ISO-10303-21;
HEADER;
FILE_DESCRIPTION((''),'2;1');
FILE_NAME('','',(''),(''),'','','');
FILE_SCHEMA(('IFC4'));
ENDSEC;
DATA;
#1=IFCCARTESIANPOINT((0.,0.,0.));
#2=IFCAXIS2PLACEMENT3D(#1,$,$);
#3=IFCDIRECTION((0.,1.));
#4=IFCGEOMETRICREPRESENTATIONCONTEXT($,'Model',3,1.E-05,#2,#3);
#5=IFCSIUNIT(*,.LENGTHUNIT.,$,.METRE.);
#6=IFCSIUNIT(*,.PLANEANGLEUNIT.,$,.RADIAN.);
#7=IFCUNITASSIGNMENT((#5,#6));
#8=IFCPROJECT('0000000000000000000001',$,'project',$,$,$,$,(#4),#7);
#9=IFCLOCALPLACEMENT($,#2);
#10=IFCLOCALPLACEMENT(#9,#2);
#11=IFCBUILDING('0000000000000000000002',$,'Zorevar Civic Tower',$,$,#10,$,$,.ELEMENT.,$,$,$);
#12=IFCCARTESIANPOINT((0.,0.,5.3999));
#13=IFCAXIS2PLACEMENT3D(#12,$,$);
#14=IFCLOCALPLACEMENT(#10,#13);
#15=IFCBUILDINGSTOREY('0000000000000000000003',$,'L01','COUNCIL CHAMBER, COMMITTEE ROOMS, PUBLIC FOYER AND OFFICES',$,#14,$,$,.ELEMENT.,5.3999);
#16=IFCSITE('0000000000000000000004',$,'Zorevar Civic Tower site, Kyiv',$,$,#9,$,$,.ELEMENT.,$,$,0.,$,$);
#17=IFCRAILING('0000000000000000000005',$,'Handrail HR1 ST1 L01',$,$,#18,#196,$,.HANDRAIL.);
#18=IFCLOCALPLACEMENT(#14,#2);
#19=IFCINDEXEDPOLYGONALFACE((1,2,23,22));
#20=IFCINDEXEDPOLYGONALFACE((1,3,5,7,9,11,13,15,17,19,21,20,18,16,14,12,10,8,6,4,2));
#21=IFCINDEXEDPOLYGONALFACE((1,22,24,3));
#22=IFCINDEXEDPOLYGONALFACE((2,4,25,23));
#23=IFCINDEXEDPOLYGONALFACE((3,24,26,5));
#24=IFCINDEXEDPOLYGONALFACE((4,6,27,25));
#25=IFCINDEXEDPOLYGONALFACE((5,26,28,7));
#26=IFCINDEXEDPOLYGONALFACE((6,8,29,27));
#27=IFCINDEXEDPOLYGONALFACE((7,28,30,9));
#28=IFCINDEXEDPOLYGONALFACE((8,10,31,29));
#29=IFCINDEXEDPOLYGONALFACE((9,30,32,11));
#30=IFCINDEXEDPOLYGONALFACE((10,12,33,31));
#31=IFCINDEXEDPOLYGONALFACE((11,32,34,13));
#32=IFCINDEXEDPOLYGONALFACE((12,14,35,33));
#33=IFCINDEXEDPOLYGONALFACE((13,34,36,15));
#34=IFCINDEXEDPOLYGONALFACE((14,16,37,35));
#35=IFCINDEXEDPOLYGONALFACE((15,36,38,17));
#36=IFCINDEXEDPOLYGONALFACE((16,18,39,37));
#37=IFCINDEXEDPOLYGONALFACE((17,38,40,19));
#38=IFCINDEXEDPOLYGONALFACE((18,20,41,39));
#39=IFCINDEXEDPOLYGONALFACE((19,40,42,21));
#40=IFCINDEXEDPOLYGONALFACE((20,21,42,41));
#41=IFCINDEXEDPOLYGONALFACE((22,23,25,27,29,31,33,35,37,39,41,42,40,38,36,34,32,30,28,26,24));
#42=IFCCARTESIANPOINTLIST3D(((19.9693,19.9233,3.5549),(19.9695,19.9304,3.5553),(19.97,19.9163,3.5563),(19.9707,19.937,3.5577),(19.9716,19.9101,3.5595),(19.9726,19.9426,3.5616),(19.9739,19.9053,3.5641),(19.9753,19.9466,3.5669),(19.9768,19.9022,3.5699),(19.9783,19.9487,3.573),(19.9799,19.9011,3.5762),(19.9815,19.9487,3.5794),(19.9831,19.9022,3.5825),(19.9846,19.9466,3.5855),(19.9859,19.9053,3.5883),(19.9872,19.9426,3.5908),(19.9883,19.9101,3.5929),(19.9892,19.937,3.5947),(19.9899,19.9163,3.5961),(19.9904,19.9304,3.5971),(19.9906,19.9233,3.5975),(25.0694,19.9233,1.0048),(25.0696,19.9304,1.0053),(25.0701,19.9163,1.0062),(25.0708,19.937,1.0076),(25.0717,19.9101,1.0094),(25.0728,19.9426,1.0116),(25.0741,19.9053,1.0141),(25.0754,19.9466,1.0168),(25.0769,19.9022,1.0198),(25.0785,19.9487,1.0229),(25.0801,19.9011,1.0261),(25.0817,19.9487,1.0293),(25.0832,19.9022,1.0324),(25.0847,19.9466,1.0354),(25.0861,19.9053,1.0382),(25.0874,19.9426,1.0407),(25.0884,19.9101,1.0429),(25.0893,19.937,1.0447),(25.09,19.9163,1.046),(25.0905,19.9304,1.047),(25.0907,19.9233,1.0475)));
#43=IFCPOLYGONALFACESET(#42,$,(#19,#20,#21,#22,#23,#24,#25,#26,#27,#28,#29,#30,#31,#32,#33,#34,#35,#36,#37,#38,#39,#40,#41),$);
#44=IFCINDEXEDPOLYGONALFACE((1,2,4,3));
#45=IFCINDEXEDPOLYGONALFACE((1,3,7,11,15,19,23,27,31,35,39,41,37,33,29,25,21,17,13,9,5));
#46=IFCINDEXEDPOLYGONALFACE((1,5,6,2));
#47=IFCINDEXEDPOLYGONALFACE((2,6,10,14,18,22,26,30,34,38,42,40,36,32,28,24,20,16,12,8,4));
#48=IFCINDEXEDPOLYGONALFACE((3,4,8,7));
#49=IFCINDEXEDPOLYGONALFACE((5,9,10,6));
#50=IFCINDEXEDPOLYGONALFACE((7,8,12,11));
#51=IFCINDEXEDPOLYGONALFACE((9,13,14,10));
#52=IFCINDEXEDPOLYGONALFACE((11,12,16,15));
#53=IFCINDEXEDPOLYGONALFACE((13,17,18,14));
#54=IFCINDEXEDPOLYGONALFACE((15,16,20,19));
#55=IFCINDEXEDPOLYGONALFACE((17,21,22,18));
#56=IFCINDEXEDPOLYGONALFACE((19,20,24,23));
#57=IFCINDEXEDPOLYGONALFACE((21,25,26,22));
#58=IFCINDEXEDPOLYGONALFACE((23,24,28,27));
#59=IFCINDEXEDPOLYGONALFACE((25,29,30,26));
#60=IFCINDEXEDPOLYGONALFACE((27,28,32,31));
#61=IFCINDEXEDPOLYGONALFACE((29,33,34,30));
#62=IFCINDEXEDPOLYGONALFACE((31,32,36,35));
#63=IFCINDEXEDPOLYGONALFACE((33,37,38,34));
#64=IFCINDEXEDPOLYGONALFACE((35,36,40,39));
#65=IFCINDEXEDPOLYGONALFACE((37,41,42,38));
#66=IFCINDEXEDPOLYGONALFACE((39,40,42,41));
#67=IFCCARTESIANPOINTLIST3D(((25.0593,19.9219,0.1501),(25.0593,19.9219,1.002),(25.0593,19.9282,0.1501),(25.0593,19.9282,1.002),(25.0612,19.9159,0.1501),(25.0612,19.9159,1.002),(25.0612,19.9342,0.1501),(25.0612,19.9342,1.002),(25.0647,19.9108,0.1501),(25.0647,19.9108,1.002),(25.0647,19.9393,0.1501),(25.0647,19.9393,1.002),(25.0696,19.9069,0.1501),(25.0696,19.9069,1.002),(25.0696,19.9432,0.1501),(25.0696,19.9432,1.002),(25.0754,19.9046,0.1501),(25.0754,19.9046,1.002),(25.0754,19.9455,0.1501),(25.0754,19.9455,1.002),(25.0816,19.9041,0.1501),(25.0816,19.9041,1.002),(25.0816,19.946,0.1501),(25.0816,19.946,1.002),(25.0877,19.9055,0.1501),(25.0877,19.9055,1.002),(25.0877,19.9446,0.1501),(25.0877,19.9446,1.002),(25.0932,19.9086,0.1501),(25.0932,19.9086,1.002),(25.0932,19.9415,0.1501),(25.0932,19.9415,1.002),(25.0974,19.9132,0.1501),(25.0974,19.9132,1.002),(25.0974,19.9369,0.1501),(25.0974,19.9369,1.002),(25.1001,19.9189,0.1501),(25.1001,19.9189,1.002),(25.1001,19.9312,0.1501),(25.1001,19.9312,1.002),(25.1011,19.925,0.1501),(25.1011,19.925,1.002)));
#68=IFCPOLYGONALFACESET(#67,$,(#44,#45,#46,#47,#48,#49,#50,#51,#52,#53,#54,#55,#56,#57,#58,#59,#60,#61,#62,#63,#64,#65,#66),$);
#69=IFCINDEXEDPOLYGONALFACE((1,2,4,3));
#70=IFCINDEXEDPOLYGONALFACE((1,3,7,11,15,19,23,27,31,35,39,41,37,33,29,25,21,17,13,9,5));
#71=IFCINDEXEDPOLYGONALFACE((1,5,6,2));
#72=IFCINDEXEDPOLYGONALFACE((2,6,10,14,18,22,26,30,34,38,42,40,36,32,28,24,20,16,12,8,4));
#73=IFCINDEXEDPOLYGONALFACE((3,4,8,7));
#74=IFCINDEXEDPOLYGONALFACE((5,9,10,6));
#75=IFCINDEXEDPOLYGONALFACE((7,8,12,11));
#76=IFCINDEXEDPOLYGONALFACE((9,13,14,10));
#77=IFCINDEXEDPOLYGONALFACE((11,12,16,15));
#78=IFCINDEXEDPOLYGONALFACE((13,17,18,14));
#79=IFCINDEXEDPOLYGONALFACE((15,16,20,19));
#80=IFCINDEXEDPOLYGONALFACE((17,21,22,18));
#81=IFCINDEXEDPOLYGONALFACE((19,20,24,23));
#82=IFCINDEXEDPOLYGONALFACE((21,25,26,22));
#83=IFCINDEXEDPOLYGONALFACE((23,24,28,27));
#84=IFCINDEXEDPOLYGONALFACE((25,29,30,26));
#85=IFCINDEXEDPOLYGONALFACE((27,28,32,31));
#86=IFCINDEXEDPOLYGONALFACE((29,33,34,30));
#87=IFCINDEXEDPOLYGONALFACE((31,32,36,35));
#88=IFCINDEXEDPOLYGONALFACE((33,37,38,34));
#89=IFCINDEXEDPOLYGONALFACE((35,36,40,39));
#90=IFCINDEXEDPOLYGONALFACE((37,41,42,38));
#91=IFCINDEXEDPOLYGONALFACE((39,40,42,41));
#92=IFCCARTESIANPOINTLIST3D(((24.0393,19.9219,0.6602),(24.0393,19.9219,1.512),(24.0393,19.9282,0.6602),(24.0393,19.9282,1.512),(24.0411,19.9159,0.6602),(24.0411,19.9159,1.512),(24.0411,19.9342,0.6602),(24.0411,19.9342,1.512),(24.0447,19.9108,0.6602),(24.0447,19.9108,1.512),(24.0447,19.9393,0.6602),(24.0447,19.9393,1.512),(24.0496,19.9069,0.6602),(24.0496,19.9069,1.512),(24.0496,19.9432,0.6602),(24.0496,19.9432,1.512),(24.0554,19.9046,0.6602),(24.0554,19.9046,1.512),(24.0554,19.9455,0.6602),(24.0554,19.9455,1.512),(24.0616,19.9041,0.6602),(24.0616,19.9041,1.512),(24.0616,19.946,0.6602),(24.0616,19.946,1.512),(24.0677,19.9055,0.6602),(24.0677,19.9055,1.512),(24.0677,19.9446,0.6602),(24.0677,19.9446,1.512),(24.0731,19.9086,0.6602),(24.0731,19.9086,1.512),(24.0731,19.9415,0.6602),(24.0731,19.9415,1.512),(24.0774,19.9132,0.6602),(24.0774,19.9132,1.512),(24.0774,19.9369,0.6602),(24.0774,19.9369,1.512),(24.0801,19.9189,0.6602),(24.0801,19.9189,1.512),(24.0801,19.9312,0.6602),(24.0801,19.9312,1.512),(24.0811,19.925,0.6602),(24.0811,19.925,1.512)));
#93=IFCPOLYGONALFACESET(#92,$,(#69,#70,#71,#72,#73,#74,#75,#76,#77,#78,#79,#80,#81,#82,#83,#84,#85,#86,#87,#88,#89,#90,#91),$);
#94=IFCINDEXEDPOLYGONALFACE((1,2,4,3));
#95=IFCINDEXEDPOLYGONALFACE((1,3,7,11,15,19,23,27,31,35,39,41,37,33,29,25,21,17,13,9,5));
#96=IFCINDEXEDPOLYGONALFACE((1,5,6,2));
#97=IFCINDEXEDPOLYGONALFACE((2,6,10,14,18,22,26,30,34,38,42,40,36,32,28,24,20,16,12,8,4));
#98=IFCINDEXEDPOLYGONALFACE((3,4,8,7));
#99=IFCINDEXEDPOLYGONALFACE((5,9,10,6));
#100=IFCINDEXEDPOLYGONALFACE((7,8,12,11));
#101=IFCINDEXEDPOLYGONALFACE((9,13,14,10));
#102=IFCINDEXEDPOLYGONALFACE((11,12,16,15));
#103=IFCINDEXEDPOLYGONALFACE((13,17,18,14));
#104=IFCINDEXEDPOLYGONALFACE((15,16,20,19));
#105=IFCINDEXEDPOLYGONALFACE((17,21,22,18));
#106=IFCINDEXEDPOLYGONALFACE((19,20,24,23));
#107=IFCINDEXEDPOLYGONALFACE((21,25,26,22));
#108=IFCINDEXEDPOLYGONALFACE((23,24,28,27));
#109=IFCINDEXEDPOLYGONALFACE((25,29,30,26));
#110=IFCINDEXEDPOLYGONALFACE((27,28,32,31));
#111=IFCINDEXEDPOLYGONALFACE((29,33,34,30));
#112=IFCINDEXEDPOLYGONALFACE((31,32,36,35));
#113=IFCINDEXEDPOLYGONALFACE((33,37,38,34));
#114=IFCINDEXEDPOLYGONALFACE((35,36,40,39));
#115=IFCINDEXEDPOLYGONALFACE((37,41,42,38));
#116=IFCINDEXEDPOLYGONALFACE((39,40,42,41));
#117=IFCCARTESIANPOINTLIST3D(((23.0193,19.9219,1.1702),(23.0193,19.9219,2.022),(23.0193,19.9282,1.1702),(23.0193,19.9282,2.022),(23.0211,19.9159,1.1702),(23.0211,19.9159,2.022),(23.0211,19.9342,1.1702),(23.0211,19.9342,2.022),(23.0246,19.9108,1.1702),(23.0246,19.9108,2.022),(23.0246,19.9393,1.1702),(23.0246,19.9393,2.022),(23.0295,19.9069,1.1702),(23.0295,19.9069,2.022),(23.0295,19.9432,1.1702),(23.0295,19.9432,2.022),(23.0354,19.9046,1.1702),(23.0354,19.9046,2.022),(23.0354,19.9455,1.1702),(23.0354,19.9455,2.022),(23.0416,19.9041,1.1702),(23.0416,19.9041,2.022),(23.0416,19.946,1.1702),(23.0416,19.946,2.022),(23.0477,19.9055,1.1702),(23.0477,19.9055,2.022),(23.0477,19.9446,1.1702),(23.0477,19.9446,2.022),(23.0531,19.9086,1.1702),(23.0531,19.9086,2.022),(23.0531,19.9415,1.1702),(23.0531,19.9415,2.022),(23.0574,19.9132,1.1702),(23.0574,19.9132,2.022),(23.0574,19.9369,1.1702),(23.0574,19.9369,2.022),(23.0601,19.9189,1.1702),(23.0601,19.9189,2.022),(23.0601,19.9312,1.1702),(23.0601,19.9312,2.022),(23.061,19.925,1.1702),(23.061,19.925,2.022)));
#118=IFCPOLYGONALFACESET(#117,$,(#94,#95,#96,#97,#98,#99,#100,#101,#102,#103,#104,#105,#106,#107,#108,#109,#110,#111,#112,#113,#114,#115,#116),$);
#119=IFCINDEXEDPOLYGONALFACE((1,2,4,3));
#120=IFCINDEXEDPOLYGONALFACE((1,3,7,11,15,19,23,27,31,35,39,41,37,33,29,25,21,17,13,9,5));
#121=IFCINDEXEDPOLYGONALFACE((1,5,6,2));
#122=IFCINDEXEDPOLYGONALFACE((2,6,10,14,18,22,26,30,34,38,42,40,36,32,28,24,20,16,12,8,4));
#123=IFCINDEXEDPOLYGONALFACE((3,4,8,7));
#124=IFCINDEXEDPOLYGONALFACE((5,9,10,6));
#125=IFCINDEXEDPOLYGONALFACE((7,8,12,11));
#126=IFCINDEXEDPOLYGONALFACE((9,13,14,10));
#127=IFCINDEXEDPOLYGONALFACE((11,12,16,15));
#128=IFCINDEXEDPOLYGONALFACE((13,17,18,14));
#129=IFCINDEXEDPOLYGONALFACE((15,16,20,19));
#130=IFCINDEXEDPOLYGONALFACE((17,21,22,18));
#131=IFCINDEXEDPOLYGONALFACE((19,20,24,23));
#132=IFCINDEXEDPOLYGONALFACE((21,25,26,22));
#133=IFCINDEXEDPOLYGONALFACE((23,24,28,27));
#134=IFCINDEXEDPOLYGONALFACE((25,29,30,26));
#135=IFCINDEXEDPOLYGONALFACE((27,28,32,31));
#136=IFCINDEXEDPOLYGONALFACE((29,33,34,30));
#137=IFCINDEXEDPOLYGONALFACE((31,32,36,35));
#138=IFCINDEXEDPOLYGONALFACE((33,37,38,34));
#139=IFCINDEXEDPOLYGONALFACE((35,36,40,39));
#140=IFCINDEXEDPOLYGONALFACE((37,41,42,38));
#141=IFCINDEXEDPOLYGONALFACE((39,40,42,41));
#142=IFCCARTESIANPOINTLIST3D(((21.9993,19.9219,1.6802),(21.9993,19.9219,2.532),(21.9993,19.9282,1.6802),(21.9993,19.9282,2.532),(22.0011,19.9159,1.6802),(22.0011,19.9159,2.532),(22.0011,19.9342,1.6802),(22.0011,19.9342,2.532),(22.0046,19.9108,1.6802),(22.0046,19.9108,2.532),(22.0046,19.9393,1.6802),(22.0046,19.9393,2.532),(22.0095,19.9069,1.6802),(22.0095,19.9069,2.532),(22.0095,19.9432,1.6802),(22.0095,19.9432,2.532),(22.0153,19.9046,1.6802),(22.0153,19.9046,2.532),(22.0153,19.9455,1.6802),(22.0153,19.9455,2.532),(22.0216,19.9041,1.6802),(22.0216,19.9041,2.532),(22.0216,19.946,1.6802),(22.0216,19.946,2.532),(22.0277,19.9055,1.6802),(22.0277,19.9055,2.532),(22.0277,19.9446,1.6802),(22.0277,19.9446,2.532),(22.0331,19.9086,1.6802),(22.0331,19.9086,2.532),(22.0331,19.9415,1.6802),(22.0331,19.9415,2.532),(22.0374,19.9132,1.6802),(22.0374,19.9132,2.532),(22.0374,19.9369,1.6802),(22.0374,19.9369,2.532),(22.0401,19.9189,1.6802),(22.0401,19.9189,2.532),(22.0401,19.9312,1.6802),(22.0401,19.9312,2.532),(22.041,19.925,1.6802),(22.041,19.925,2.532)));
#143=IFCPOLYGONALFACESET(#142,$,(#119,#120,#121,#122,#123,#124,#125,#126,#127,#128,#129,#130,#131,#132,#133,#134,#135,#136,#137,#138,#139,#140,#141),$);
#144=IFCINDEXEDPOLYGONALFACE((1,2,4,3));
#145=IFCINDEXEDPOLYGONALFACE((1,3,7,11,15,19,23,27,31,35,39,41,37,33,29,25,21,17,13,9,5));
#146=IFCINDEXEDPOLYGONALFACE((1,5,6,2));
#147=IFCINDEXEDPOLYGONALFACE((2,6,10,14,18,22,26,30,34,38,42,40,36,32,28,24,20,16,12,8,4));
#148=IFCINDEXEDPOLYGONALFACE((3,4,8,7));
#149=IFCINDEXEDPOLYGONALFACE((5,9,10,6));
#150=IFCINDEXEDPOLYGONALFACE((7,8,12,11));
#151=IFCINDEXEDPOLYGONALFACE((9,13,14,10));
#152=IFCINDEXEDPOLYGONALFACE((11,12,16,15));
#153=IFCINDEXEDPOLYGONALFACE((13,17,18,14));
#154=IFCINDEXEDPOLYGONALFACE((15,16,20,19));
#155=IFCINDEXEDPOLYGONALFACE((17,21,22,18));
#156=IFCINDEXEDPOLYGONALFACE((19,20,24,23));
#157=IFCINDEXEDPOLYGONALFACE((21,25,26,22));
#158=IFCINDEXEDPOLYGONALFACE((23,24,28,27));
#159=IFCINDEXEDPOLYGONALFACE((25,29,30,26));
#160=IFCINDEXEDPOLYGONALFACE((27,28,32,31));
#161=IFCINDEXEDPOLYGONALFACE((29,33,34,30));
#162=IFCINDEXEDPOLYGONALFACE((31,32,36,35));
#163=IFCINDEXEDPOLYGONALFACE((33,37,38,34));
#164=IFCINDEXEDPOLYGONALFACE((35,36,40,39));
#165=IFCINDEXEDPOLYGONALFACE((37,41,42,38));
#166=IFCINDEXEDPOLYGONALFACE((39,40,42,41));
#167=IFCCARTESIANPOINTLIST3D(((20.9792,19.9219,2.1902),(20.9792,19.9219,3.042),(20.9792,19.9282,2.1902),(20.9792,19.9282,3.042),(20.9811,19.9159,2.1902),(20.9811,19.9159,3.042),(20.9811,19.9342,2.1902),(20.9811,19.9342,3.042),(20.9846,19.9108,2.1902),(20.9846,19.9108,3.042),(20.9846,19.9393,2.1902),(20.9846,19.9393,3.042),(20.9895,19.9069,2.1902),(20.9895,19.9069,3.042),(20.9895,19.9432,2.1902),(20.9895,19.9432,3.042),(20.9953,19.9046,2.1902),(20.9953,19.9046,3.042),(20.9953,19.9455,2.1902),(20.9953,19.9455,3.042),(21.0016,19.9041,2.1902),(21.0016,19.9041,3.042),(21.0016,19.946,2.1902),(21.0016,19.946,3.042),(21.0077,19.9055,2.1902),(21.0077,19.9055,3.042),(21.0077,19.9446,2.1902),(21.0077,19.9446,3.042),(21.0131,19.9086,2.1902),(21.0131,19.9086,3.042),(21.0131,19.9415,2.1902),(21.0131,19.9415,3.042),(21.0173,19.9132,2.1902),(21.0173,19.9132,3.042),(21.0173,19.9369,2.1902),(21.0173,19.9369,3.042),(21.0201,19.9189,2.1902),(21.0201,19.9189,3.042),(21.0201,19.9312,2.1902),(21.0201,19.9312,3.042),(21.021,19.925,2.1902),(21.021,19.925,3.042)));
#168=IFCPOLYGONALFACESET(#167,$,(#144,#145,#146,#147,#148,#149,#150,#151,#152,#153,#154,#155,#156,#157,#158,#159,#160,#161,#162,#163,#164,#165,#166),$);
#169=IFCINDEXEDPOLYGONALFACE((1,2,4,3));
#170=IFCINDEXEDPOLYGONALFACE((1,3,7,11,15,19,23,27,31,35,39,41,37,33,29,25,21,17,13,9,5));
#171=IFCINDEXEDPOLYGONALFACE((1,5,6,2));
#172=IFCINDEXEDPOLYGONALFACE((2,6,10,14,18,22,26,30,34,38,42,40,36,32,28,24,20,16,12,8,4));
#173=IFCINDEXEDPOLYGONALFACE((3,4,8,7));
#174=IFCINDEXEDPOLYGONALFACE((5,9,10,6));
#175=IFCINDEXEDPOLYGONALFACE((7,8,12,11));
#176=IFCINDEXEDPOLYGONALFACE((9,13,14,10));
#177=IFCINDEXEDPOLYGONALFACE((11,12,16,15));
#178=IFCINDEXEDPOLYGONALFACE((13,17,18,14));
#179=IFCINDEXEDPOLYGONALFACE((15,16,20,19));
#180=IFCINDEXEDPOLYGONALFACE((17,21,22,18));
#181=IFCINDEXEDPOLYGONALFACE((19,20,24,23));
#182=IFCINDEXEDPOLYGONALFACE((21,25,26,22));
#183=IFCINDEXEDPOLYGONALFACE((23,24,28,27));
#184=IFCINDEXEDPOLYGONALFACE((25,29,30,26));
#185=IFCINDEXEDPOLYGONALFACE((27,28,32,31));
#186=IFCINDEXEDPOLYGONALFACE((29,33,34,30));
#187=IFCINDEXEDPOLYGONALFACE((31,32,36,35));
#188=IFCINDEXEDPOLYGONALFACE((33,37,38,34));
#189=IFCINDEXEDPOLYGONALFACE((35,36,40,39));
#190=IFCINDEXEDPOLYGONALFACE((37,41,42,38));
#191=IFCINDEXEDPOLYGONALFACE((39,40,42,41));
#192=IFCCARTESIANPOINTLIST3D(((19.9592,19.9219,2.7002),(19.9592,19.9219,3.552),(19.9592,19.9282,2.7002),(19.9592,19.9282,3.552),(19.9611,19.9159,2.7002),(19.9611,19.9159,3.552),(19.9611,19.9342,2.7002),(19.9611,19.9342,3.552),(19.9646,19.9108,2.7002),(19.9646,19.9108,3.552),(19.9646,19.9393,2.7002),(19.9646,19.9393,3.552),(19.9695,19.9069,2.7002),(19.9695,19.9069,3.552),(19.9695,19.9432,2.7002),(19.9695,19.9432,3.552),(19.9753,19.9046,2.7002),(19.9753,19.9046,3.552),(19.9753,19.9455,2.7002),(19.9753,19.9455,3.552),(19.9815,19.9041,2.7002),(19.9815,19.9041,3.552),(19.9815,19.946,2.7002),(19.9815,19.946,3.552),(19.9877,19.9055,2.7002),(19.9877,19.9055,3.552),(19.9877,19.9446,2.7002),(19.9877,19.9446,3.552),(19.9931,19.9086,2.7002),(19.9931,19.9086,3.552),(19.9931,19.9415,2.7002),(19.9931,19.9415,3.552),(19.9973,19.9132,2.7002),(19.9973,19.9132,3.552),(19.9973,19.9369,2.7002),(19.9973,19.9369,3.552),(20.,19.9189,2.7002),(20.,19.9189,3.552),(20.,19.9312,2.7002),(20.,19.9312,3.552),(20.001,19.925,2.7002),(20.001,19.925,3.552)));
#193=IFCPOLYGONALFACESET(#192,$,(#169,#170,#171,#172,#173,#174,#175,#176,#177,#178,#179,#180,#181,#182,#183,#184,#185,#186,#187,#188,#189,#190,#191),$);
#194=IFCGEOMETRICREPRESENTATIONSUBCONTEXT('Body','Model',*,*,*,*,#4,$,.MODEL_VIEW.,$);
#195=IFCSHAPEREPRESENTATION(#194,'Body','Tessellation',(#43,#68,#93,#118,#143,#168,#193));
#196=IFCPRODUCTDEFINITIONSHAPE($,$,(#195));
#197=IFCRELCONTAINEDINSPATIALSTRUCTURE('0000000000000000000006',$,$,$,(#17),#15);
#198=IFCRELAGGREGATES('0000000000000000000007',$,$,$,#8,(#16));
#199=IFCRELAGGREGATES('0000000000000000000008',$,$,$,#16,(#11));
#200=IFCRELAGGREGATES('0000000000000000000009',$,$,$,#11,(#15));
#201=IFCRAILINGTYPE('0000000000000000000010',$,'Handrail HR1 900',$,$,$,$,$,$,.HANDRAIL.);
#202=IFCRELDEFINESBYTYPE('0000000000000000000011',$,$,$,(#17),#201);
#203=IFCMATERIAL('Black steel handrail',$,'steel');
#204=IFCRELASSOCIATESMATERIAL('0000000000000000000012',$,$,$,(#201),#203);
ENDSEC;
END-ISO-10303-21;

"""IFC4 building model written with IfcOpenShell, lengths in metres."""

from ifc_helpers import new_model, si_unit, direction, frame, origin, origin_2d, place, context, subcontext, project, spatial, circle, extrude, material, type_object, element, save


model = new_model("IFC4")

# Units and contexts
model_context = context("Model", 3, precision=1e-05, world=origin(), true_north=direction((0.0, 1.0)))
body_context = subcontext(model_context, "Body", "Model", "MODEL_VIEW")
ifc_project = project(units=[si_unit("LENGTHUNIT", "METRE"), si_unit("PLANEANGLEUNIT", "RADIAN")], contexts=[model_context])

# Site, building, storey
site_placement = place(None, origin())
site = spatial("IfcSite", under=ifc_project, at=site_placement, Name="Zorevar Civic Tower site, Kyiv", CompositionType="ELEMENT", RefElevation=0.0)
building_placement = place(site_placement, origin())
building = spatial("IfcBuilding", under=site, at=building_placement, Name="Zorevar Civic Tower", CompositionType="ELEMENT")
storey_placement = place(building_placement, frame((0.0, 0.0, 5.3999)))
storey = spatial("IfcBuildingStorey", under=building, at=storey_placement, Name="L01", Description="COUNCIL CHAMBER, COMMITTEE ROOMS, PUBLIC FOYER AND OFFICES", CompositionType="ELEMENT", Elevation=5.3999)

# Railing
ifc_material_1 = material(Name="Black steel handrail", Category="steel")
railing_type = type_object("IfcRailingType", Name="Handrail HR1 900", PredefinedType="HANDRAIL", material=ifc_material_1)
railing_1_placement = place(storey_placement, frame((25.0801, 19.925, 0.1501)))
element("IfcRailing", 1, at=railing_1_placement, inside=storey, type_object=railing_type, Name="Handrail HR1 ST1 L01", PredefinedType="HANDRAIL", context=body_context, shape_type="SweptSolid", body=[
    extrude(circle(Radius=0.0239, at=origin_2d()), frame((0.0, 0.0, 0.876), z_axis=(-0.894427, 0.0, 0.447214), x_axis=(0.0, -1.0, 0.0)), (0.0, 0.0, 1.0), 5.7021),
    extrude(circle(Radius=0.021, at=origin_2d()), origin(), (0.0, 0.0, 1.0), 0.8518),
    extrude(circle(Radius=0.021, at=origin_2d()), frame((-1.02, 0.0, 0.51)), (0.0, 0.0, 1.0), 0.8518),
    extrude(circle(Radius=0.021, at=origin_2d()), frame((-2.04, 0.0, 1.02)), (0.0, 0.0, 1.0), 0.8518),
    extrude(circle(Radius=0.021, at=origin_2d()), frame((-3.0601, 0.0, 1.53)), (0.0, 0.0, 1.0), 0.8518),
    extrude(circle(Radius=0.021, at=origin_2d()), frame((-4.0801, 0.0, 2.04)), (0.0, 0.0, 1.0), 0.8518),
    extrude(circle(Radius=0.021, at=origin_2d()), frame((-5.1001, 0.0, 2.55)), (0.0, 0.0, 1.0), 0.8518),
])

save(model, "model.ifc")
